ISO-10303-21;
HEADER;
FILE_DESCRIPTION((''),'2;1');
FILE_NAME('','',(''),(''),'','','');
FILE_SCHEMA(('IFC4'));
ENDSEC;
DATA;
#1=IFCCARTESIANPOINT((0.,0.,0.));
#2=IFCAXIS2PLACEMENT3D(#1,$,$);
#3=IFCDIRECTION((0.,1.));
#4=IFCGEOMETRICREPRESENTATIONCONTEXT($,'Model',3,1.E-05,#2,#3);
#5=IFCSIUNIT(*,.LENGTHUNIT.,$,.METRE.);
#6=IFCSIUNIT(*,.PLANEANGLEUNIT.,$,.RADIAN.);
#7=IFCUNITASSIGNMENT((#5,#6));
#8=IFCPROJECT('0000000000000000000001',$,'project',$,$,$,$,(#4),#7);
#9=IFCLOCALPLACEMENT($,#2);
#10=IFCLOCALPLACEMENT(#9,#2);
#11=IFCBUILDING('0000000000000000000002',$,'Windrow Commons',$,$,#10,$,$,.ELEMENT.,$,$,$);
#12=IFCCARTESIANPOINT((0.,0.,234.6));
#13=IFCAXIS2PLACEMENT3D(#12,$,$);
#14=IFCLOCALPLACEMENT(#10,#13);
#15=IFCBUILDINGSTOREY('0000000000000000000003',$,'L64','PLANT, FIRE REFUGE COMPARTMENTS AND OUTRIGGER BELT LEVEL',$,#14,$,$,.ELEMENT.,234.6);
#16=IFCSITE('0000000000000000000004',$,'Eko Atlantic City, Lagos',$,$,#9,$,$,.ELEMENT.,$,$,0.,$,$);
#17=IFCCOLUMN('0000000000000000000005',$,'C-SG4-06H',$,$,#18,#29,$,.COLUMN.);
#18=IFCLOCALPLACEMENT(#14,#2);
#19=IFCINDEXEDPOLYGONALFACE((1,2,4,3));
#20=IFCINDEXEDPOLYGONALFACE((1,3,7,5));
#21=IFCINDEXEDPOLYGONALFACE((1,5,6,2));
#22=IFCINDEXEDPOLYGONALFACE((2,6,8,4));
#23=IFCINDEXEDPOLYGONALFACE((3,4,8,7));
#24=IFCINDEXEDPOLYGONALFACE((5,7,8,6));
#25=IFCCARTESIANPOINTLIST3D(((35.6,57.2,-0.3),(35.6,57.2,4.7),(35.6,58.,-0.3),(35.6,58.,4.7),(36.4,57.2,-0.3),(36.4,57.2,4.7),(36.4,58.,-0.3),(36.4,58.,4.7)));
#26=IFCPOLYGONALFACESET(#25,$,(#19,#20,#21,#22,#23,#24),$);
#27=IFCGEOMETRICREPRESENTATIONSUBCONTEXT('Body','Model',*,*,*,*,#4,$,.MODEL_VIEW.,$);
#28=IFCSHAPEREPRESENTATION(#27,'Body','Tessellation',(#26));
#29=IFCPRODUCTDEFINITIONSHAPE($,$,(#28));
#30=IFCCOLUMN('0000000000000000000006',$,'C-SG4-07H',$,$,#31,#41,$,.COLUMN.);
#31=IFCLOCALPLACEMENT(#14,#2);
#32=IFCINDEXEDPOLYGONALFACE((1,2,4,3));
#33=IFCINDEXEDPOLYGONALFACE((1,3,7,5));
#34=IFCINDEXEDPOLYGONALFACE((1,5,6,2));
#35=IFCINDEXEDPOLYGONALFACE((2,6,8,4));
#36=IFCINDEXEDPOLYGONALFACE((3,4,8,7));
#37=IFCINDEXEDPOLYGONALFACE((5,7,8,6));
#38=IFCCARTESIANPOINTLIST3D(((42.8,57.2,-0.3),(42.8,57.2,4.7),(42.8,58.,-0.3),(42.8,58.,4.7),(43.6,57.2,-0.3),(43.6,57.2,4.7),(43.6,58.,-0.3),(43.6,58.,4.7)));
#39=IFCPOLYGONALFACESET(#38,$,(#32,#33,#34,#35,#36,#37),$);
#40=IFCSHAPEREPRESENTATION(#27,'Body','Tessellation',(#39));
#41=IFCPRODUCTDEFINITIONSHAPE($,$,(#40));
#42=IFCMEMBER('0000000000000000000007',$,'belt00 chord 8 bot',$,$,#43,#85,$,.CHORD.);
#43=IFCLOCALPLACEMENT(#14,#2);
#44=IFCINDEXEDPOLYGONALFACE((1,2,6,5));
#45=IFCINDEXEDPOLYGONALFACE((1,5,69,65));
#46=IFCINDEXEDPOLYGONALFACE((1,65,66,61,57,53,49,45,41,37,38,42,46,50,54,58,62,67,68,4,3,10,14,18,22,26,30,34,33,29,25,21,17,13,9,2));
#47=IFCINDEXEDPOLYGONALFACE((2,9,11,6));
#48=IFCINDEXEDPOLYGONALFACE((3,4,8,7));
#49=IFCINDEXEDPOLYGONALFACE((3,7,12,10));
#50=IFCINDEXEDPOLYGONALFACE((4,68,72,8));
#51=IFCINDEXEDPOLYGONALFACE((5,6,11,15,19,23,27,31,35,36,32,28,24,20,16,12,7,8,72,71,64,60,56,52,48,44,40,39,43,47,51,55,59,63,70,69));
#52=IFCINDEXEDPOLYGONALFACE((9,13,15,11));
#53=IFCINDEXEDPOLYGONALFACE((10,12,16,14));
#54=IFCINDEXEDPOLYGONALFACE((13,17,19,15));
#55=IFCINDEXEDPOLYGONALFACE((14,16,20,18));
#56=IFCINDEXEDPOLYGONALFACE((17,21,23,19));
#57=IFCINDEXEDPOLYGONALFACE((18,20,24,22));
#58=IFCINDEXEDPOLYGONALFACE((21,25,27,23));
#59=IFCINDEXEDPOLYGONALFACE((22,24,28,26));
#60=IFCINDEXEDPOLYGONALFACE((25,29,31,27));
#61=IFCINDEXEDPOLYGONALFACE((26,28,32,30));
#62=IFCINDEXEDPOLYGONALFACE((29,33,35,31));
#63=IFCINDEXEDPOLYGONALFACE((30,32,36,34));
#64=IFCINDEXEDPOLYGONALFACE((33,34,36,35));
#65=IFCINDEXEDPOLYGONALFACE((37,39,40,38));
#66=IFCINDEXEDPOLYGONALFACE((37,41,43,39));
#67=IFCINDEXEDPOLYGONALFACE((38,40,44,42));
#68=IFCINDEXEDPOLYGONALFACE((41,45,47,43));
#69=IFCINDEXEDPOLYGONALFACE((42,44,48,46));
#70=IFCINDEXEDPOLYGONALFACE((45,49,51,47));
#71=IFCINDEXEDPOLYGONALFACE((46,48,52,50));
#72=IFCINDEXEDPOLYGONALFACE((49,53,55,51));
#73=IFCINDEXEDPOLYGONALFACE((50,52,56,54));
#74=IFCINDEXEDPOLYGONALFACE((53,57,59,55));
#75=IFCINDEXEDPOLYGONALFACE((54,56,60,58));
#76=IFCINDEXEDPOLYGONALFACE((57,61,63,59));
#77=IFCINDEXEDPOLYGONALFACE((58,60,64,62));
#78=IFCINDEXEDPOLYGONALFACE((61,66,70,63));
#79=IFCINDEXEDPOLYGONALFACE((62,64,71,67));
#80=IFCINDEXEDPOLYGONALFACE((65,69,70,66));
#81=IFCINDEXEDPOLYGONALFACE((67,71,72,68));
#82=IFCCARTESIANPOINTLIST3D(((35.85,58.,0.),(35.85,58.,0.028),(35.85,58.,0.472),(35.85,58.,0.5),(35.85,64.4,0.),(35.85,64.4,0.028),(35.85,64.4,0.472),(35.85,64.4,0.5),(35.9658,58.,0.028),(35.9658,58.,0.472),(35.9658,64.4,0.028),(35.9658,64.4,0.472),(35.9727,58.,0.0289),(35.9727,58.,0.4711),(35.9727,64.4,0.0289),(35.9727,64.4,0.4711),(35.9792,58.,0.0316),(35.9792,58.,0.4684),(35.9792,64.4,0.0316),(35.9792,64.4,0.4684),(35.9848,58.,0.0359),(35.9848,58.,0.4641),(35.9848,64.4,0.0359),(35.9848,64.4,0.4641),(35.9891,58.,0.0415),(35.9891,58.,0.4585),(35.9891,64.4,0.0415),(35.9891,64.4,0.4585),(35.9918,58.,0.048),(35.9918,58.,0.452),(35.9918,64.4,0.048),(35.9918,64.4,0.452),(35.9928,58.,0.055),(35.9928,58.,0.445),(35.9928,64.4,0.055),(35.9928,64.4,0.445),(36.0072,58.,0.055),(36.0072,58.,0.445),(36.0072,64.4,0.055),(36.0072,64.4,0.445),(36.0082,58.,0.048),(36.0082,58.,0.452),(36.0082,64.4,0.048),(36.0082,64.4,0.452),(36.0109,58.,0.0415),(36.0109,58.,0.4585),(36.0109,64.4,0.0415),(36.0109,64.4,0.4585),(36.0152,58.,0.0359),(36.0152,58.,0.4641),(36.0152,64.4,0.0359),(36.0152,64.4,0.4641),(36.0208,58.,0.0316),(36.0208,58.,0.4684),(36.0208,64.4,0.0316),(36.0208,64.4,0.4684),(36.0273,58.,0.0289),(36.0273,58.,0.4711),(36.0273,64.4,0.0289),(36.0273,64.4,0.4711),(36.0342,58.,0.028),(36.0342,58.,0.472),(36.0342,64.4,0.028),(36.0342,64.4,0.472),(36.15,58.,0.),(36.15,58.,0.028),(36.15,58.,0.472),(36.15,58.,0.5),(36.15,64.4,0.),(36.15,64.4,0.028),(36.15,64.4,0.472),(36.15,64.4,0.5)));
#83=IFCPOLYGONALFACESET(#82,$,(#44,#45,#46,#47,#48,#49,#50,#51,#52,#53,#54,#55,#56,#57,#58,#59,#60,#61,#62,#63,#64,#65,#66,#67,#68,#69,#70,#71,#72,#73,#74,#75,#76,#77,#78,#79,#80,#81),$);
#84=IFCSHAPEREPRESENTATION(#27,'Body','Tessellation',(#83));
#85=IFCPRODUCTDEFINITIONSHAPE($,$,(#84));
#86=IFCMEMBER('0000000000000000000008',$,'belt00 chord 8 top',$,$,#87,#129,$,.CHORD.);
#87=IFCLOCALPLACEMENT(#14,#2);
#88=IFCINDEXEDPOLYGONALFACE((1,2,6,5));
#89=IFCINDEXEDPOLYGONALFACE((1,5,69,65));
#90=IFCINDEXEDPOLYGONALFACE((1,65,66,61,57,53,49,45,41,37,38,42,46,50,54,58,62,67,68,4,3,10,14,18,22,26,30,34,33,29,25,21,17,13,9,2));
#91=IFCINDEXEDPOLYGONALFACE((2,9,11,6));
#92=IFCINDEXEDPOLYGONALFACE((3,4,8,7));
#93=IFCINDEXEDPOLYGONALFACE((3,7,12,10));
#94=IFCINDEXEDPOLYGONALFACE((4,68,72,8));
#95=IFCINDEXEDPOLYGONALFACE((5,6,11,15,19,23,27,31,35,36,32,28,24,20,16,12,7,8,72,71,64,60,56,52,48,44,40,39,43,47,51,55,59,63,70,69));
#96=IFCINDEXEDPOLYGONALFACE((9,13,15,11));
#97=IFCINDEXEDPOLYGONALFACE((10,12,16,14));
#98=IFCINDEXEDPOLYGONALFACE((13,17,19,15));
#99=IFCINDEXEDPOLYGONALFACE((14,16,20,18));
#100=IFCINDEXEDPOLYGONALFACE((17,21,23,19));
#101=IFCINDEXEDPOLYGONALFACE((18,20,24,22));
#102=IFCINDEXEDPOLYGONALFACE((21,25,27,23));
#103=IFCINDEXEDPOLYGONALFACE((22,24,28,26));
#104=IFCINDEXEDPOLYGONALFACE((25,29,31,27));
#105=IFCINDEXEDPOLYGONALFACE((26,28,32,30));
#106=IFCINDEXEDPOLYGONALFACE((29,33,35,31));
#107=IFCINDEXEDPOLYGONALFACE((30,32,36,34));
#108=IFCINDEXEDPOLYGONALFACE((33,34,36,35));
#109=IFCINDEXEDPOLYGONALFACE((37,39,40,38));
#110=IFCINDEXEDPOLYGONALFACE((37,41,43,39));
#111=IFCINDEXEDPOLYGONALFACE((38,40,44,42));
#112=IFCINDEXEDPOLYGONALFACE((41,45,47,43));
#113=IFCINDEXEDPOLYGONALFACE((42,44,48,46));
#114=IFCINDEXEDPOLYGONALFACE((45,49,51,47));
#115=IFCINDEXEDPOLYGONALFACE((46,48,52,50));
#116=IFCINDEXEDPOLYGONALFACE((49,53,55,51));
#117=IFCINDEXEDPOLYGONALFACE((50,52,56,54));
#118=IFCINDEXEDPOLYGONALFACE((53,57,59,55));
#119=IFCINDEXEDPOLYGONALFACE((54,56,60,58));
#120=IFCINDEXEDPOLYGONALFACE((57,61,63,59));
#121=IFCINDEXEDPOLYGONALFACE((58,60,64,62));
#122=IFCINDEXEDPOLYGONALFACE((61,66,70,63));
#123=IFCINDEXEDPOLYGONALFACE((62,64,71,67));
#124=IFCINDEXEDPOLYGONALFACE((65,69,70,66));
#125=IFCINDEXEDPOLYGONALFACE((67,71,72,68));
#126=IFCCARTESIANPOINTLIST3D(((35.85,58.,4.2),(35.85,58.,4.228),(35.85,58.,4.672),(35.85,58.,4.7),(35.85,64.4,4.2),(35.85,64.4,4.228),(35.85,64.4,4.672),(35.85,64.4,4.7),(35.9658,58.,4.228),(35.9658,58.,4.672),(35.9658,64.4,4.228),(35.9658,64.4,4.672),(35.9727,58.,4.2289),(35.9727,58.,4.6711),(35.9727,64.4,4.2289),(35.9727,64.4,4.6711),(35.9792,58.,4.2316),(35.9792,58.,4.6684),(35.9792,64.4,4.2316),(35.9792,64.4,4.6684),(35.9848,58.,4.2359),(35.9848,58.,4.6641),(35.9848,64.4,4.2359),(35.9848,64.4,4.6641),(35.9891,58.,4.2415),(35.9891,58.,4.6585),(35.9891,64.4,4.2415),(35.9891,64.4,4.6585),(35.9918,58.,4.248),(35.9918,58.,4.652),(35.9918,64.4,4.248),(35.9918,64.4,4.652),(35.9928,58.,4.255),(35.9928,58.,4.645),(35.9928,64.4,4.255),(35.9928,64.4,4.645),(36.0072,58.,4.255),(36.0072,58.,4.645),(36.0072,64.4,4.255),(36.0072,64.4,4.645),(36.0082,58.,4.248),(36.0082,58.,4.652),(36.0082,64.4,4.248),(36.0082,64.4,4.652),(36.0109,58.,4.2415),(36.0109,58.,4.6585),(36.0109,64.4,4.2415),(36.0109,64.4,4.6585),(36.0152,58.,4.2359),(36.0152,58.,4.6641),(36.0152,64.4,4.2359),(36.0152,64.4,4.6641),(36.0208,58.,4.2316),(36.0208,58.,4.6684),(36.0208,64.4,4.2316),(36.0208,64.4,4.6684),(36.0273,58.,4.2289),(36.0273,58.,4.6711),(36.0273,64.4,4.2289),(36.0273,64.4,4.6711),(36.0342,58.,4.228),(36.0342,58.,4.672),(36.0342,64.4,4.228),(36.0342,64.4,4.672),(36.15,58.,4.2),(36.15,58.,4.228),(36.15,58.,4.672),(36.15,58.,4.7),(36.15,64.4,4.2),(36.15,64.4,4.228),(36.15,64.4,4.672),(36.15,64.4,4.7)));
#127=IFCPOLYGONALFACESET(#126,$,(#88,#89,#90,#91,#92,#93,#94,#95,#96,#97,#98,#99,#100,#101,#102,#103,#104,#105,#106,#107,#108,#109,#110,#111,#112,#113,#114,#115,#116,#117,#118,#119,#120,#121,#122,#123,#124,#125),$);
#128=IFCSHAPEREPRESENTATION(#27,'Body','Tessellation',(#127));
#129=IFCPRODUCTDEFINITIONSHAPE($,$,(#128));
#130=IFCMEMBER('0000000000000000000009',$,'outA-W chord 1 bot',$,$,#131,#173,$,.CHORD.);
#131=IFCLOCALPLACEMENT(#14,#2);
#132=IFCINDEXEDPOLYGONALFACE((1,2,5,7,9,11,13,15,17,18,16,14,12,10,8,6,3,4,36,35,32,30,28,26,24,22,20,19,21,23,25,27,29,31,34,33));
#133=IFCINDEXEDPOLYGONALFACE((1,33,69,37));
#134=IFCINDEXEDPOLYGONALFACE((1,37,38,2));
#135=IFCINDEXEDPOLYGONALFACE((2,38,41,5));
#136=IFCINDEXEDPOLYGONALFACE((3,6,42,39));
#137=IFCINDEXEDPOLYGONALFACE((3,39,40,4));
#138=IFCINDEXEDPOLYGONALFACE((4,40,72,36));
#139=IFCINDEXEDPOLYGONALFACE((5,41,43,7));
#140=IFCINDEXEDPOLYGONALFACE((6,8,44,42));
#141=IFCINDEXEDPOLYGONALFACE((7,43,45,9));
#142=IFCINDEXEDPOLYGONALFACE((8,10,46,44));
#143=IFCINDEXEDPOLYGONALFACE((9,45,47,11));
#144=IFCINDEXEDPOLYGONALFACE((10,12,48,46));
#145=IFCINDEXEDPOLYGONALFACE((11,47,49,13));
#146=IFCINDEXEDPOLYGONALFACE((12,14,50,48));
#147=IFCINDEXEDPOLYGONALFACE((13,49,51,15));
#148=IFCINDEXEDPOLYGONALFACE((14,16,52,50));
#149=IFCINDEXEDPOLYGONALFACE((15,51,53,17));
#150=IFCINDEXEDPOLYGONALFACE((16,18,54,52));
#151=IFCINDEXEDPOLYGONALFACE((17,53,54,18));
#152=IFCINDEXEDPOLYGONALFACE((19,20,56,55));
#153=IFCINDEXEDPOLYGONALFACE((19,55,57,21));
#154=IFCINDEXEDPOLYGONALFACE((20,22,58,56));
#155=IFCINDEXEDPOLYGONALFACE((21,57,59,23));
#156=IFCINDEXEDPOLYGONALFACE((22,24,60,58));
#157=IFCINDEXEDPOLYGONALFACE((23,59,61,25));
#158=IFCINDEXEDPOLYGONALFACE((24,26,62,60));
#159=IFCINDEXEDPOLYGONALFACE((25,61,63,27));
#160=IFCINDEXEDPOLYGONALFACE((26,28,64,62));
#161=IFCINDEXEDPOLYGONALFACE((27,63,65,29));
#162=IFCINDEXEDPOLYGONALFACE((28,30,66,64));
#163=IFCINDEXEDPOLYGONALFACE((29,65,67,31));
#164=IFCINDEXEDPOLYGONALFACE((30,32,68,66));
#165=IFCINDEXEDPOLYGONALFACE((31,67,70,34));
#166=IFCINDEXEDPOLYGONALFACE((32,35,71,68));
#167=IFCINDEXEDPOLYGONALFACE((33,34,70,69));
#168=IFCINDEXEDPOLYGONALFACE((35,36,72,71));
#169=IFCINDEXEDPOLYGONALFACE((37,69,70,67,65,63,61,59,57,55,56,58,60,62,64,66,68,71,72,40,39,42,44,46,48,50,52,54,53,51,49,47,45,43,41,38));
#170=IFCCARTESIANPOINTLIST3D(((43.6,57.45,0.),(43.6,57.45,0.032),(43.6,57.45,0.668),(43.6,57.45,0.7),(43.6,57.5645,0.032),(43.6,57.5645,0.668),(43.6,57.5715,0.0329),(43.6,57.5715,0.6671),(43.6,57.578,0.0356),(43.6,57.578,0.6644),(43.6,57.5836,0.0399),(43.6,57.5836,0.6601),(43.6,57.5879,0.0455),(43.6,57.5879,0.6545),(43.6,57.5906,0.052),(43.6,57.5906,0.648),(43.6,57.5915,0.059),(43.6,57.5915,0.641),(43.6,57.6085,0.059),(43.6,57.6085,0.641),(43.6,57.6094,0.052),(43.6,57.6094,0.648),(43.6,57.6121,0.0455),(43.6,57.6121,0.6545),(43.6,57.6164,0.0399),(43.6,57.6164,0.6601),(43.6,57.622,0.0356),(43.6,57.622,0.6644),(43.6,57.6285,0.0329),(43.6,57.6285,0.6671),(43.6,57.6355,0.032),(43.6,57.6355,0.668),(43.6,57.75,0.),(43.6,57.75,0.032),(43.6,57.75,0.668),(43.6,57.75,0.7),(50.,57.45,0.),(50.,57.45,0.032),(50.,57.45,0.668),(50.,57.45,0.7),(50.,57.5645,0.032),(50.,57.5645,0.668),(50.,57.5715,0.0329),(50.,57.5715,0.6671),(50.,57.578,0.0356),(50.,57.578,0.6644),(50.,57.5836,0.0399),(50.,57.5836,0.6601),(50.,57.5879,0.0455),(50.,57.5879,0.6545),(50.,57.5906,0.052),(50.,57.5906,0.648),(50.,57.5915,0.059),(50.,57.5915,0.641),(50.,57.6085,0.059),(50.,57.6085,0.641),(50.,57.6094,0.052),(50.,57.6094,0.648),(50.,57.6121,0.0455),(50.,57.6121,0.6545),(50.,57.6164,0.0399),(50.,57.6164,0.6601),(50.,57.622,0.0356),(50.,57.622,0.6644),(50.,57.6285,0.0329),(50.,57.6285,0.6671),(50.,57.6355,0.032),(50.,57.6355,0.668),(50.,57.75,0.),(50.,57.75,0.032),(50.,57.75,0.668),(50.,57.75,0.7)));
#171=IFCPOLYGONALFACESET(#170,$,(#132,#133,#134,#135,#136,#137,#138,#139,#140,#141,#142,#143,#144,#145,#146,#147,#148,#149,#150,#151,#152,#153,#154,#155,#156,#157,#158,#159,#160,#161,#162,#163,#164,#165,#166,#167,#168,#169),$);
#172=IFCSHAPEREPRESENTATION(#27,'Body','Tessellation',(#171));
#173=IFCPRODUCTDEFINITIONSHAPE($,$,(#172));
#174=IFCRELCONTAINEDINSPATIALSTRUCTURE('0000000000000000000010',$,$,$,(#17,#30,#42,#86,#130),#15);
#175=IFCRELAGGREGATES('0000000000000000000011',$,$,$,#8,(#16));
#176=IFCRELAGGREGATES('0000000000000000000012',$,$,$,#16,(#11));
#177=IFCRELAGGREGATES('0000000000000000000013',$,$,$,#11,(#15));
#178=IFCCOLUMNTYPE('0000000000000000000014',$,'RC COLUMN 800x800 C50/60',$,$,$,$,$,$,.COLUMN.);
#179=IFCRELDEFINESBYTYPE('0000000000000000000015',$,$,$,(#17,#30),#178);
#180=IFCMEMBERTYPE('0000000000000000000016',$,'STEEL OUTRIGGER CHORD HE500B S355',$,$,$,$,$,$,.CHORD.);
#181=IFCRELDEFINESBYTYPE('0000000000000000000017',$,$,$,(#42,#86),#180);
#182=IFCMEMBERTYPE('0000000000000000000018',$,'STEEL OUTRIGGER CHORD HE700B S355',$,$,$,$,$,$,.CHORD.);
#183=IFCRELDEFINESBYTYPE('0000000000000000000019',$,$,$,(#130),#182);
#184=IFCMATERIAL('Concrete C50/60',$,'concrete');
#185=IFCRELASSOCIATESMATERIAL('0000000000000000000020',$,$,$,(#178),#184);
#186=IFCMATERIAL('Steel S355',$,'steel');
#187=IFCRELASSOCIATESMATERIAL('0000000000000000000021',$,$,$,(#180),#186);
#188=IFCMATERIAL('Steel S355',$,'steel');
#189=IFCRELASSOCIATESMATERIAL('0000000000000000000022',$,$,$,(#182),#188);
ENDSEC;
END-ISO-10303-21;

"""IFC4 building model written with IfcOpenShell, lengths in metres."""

from ifc_helpers import new_model, si_unit, direction, frame, origin, origin_2d, place, context, subcontext, project, spatial, rectangle, i_section, extrude, material, material_profile, profile_set, type_object, element, save


model = new_model("IFC4")

# Units and contexts
model_context = context("Model", 3, precision=1e-05, world=origin(), true_north=direction((0.0, 1.0)))
body_context = subcontext(model_context, "Body", "Model", "MODEL_VIEW")
ifc_project = project(units=[si_unit("LENGTHUNIT", "METRE"), si_unit("PLANEANGLEUNIT", "RADIAN")], contexts=[model_context])

# Site, building, storey
site_placement = place(None, origin())
site = spatial("IfcSite", under=ifc_project, at=site_placement, Name="Eko Atlantic City, Lagos", CompositionType="ELEMENT", RefElevation=0.0)
building_placement = place(site_placement, origin())
building = spatial("IfcBuilding", under=site, at=building_placement, Name="Windrow Commons", CompositionType="ELEMENT")
storey_placement = place(building_placement, frame((0.0, 0.0, 234.6)))
storey = spatial("IfcBuildingStorey", under=building, at=storey_placement, Name="L64", Description="PLANT, FIRE REFUGE COMPARTMENTS AND OUTRIGGER BELT LEVEL", CompositionType="ELEMENT", Elevation=234.6)

# Columns
ifc_material_1 = material(Name="Concrete C50/60", Category="concrete")
ifc_material_profile_1 = material_profile(ifc_material_1, rectangle(XDim=0.8, YDim=0.8, at=origin_2d()))
ifc_profile_set_1 = profile_set([ifc_material_profile_1], Name="Concrete C50/60")
column_type = type_object("IfcColumnType", Name="RC COLUMN 800x800 C50/60", PredefinedType="COLUMN", material=ifc_profile_set_1)
for number, where, z_axis, x_axis, name in (
    (1, (36.0, 57.6, -0.3), (0.0, 0.0, 1.0), (1.0, 0.0, 0.0), "C-SG4-06H"),
    (2, (43.2, 57.6, -0.3), (0.0, 0.0, 1.0), (1.0, 0.0, 0.0), "C-SG4-07H"),
):
    element("IfcColumn", number, at=place(storey_placement, frame(where, z_axis=z_axis, x_axis=x_axis)), inside=storey, type_object=column_type, Name=name, PredefinedType="COLUMN", context=body_context, shape_type="SweptSolid", body=[
        extrude(rectangle(XDim=0.8, YDim=0.8, at=origin_2d()), origin(), (0.0, 0.0, 1.0), 5.0),
    ])

# Members
ifc_material_2 = material(Name="Steel S355", Category="steel")
ifc_material_profile_2 = material_profile(ifc_material_2, i_section(OverallWidth=0.3, OverallDepth=0.5, WebThickness=0.0145, FlangeThickness=0.028, FilletRadius=0.027, at=origin_2d()))
ifc_profile_set_2 = profile_set([ifc_material_profile_2], Name="Steel S355")
member_type_1 = type_object("IfcMemberType", Name="STEEL OUTRIGGER CHORD HE500B S355", PredefinedType="CHORD", material=ifc_profile_set_2)
for number, where, z_axis, x_axis, name in (
    (3, (36.0, 58.0, 0.25), (0.0, 1.0, 0.0), (-1.0, 0.0, 0.0), "belt00 chord 8 bot"),
    (4, (36.0, 58.0, 4.45), (0.0, 1.0, 0.0), (-1.0, 0.0, 0.0), "belt00 chord 8 top"),
):
    element("IfcMember", number, at=place(storey_placement, frame(where, z_axis=z_axis, x_axis=x_axis)), inside=storey, type_object=member_type_1, Name=name, PredefinedType="CHORD", context=body_context, shape_type="SweptSolid", body=[
        extrude(i_section(OverallWidth=0.3, OverallDepth=0.5, WebThickness=0.0145, FlangeThickness=0.028, FilletRadius=0.027, at=origin_2d()), origin(), (0.0, 0.0, 1.0), 6.4),
    ])
ifc_material_3 = material(Name="Steel S355", Category="steel")
ifc_material_profile_3 = material_profile(ifc_material_3, i_section(OverallWidth=0.3, OverallDepth=0.7, WebThickness=0.017, FlangeThickness=0.032, FilletRadius=0.027, at=origin_2d()))
ifc_profile_set_3 = profile_set([ifc_material_profile_3], Name="Steel S355")
member_type_2 = type_object("IfcMemberType", Name="STEEL OUTRIGGER CHORD HE700B S355", PredefinedType="CHORD", material=ifc_profile_set_3)
for number, where, z_axis, x_axis, name in (
    (5, (50.0, 57.6, 0.35), (-1.0, 0.0, 0.0), (0.0, -1.0, 0.0), "outA-W chord 1 bot"),
):
    element("IfcMember", number, at=place(storey_placement, frame(where, z_axis=z_axis, x_axis=x_axis)), inside=storey, type_object=member_type_2, Name=name, PredefinedType="CHORD", context=body_context, shape_type="SweptSolid", body=[
        extrude(i_section(OverallWidth=0.3, OverallDepth=0.7, WebThickness=0.017, FlangeThickness=0.032, FilletRadius=0.027, at=origin_2d()), origin(), (0.0, 0.0, 1.0), 6.4),
    ])

save(model, "model.ifc")
